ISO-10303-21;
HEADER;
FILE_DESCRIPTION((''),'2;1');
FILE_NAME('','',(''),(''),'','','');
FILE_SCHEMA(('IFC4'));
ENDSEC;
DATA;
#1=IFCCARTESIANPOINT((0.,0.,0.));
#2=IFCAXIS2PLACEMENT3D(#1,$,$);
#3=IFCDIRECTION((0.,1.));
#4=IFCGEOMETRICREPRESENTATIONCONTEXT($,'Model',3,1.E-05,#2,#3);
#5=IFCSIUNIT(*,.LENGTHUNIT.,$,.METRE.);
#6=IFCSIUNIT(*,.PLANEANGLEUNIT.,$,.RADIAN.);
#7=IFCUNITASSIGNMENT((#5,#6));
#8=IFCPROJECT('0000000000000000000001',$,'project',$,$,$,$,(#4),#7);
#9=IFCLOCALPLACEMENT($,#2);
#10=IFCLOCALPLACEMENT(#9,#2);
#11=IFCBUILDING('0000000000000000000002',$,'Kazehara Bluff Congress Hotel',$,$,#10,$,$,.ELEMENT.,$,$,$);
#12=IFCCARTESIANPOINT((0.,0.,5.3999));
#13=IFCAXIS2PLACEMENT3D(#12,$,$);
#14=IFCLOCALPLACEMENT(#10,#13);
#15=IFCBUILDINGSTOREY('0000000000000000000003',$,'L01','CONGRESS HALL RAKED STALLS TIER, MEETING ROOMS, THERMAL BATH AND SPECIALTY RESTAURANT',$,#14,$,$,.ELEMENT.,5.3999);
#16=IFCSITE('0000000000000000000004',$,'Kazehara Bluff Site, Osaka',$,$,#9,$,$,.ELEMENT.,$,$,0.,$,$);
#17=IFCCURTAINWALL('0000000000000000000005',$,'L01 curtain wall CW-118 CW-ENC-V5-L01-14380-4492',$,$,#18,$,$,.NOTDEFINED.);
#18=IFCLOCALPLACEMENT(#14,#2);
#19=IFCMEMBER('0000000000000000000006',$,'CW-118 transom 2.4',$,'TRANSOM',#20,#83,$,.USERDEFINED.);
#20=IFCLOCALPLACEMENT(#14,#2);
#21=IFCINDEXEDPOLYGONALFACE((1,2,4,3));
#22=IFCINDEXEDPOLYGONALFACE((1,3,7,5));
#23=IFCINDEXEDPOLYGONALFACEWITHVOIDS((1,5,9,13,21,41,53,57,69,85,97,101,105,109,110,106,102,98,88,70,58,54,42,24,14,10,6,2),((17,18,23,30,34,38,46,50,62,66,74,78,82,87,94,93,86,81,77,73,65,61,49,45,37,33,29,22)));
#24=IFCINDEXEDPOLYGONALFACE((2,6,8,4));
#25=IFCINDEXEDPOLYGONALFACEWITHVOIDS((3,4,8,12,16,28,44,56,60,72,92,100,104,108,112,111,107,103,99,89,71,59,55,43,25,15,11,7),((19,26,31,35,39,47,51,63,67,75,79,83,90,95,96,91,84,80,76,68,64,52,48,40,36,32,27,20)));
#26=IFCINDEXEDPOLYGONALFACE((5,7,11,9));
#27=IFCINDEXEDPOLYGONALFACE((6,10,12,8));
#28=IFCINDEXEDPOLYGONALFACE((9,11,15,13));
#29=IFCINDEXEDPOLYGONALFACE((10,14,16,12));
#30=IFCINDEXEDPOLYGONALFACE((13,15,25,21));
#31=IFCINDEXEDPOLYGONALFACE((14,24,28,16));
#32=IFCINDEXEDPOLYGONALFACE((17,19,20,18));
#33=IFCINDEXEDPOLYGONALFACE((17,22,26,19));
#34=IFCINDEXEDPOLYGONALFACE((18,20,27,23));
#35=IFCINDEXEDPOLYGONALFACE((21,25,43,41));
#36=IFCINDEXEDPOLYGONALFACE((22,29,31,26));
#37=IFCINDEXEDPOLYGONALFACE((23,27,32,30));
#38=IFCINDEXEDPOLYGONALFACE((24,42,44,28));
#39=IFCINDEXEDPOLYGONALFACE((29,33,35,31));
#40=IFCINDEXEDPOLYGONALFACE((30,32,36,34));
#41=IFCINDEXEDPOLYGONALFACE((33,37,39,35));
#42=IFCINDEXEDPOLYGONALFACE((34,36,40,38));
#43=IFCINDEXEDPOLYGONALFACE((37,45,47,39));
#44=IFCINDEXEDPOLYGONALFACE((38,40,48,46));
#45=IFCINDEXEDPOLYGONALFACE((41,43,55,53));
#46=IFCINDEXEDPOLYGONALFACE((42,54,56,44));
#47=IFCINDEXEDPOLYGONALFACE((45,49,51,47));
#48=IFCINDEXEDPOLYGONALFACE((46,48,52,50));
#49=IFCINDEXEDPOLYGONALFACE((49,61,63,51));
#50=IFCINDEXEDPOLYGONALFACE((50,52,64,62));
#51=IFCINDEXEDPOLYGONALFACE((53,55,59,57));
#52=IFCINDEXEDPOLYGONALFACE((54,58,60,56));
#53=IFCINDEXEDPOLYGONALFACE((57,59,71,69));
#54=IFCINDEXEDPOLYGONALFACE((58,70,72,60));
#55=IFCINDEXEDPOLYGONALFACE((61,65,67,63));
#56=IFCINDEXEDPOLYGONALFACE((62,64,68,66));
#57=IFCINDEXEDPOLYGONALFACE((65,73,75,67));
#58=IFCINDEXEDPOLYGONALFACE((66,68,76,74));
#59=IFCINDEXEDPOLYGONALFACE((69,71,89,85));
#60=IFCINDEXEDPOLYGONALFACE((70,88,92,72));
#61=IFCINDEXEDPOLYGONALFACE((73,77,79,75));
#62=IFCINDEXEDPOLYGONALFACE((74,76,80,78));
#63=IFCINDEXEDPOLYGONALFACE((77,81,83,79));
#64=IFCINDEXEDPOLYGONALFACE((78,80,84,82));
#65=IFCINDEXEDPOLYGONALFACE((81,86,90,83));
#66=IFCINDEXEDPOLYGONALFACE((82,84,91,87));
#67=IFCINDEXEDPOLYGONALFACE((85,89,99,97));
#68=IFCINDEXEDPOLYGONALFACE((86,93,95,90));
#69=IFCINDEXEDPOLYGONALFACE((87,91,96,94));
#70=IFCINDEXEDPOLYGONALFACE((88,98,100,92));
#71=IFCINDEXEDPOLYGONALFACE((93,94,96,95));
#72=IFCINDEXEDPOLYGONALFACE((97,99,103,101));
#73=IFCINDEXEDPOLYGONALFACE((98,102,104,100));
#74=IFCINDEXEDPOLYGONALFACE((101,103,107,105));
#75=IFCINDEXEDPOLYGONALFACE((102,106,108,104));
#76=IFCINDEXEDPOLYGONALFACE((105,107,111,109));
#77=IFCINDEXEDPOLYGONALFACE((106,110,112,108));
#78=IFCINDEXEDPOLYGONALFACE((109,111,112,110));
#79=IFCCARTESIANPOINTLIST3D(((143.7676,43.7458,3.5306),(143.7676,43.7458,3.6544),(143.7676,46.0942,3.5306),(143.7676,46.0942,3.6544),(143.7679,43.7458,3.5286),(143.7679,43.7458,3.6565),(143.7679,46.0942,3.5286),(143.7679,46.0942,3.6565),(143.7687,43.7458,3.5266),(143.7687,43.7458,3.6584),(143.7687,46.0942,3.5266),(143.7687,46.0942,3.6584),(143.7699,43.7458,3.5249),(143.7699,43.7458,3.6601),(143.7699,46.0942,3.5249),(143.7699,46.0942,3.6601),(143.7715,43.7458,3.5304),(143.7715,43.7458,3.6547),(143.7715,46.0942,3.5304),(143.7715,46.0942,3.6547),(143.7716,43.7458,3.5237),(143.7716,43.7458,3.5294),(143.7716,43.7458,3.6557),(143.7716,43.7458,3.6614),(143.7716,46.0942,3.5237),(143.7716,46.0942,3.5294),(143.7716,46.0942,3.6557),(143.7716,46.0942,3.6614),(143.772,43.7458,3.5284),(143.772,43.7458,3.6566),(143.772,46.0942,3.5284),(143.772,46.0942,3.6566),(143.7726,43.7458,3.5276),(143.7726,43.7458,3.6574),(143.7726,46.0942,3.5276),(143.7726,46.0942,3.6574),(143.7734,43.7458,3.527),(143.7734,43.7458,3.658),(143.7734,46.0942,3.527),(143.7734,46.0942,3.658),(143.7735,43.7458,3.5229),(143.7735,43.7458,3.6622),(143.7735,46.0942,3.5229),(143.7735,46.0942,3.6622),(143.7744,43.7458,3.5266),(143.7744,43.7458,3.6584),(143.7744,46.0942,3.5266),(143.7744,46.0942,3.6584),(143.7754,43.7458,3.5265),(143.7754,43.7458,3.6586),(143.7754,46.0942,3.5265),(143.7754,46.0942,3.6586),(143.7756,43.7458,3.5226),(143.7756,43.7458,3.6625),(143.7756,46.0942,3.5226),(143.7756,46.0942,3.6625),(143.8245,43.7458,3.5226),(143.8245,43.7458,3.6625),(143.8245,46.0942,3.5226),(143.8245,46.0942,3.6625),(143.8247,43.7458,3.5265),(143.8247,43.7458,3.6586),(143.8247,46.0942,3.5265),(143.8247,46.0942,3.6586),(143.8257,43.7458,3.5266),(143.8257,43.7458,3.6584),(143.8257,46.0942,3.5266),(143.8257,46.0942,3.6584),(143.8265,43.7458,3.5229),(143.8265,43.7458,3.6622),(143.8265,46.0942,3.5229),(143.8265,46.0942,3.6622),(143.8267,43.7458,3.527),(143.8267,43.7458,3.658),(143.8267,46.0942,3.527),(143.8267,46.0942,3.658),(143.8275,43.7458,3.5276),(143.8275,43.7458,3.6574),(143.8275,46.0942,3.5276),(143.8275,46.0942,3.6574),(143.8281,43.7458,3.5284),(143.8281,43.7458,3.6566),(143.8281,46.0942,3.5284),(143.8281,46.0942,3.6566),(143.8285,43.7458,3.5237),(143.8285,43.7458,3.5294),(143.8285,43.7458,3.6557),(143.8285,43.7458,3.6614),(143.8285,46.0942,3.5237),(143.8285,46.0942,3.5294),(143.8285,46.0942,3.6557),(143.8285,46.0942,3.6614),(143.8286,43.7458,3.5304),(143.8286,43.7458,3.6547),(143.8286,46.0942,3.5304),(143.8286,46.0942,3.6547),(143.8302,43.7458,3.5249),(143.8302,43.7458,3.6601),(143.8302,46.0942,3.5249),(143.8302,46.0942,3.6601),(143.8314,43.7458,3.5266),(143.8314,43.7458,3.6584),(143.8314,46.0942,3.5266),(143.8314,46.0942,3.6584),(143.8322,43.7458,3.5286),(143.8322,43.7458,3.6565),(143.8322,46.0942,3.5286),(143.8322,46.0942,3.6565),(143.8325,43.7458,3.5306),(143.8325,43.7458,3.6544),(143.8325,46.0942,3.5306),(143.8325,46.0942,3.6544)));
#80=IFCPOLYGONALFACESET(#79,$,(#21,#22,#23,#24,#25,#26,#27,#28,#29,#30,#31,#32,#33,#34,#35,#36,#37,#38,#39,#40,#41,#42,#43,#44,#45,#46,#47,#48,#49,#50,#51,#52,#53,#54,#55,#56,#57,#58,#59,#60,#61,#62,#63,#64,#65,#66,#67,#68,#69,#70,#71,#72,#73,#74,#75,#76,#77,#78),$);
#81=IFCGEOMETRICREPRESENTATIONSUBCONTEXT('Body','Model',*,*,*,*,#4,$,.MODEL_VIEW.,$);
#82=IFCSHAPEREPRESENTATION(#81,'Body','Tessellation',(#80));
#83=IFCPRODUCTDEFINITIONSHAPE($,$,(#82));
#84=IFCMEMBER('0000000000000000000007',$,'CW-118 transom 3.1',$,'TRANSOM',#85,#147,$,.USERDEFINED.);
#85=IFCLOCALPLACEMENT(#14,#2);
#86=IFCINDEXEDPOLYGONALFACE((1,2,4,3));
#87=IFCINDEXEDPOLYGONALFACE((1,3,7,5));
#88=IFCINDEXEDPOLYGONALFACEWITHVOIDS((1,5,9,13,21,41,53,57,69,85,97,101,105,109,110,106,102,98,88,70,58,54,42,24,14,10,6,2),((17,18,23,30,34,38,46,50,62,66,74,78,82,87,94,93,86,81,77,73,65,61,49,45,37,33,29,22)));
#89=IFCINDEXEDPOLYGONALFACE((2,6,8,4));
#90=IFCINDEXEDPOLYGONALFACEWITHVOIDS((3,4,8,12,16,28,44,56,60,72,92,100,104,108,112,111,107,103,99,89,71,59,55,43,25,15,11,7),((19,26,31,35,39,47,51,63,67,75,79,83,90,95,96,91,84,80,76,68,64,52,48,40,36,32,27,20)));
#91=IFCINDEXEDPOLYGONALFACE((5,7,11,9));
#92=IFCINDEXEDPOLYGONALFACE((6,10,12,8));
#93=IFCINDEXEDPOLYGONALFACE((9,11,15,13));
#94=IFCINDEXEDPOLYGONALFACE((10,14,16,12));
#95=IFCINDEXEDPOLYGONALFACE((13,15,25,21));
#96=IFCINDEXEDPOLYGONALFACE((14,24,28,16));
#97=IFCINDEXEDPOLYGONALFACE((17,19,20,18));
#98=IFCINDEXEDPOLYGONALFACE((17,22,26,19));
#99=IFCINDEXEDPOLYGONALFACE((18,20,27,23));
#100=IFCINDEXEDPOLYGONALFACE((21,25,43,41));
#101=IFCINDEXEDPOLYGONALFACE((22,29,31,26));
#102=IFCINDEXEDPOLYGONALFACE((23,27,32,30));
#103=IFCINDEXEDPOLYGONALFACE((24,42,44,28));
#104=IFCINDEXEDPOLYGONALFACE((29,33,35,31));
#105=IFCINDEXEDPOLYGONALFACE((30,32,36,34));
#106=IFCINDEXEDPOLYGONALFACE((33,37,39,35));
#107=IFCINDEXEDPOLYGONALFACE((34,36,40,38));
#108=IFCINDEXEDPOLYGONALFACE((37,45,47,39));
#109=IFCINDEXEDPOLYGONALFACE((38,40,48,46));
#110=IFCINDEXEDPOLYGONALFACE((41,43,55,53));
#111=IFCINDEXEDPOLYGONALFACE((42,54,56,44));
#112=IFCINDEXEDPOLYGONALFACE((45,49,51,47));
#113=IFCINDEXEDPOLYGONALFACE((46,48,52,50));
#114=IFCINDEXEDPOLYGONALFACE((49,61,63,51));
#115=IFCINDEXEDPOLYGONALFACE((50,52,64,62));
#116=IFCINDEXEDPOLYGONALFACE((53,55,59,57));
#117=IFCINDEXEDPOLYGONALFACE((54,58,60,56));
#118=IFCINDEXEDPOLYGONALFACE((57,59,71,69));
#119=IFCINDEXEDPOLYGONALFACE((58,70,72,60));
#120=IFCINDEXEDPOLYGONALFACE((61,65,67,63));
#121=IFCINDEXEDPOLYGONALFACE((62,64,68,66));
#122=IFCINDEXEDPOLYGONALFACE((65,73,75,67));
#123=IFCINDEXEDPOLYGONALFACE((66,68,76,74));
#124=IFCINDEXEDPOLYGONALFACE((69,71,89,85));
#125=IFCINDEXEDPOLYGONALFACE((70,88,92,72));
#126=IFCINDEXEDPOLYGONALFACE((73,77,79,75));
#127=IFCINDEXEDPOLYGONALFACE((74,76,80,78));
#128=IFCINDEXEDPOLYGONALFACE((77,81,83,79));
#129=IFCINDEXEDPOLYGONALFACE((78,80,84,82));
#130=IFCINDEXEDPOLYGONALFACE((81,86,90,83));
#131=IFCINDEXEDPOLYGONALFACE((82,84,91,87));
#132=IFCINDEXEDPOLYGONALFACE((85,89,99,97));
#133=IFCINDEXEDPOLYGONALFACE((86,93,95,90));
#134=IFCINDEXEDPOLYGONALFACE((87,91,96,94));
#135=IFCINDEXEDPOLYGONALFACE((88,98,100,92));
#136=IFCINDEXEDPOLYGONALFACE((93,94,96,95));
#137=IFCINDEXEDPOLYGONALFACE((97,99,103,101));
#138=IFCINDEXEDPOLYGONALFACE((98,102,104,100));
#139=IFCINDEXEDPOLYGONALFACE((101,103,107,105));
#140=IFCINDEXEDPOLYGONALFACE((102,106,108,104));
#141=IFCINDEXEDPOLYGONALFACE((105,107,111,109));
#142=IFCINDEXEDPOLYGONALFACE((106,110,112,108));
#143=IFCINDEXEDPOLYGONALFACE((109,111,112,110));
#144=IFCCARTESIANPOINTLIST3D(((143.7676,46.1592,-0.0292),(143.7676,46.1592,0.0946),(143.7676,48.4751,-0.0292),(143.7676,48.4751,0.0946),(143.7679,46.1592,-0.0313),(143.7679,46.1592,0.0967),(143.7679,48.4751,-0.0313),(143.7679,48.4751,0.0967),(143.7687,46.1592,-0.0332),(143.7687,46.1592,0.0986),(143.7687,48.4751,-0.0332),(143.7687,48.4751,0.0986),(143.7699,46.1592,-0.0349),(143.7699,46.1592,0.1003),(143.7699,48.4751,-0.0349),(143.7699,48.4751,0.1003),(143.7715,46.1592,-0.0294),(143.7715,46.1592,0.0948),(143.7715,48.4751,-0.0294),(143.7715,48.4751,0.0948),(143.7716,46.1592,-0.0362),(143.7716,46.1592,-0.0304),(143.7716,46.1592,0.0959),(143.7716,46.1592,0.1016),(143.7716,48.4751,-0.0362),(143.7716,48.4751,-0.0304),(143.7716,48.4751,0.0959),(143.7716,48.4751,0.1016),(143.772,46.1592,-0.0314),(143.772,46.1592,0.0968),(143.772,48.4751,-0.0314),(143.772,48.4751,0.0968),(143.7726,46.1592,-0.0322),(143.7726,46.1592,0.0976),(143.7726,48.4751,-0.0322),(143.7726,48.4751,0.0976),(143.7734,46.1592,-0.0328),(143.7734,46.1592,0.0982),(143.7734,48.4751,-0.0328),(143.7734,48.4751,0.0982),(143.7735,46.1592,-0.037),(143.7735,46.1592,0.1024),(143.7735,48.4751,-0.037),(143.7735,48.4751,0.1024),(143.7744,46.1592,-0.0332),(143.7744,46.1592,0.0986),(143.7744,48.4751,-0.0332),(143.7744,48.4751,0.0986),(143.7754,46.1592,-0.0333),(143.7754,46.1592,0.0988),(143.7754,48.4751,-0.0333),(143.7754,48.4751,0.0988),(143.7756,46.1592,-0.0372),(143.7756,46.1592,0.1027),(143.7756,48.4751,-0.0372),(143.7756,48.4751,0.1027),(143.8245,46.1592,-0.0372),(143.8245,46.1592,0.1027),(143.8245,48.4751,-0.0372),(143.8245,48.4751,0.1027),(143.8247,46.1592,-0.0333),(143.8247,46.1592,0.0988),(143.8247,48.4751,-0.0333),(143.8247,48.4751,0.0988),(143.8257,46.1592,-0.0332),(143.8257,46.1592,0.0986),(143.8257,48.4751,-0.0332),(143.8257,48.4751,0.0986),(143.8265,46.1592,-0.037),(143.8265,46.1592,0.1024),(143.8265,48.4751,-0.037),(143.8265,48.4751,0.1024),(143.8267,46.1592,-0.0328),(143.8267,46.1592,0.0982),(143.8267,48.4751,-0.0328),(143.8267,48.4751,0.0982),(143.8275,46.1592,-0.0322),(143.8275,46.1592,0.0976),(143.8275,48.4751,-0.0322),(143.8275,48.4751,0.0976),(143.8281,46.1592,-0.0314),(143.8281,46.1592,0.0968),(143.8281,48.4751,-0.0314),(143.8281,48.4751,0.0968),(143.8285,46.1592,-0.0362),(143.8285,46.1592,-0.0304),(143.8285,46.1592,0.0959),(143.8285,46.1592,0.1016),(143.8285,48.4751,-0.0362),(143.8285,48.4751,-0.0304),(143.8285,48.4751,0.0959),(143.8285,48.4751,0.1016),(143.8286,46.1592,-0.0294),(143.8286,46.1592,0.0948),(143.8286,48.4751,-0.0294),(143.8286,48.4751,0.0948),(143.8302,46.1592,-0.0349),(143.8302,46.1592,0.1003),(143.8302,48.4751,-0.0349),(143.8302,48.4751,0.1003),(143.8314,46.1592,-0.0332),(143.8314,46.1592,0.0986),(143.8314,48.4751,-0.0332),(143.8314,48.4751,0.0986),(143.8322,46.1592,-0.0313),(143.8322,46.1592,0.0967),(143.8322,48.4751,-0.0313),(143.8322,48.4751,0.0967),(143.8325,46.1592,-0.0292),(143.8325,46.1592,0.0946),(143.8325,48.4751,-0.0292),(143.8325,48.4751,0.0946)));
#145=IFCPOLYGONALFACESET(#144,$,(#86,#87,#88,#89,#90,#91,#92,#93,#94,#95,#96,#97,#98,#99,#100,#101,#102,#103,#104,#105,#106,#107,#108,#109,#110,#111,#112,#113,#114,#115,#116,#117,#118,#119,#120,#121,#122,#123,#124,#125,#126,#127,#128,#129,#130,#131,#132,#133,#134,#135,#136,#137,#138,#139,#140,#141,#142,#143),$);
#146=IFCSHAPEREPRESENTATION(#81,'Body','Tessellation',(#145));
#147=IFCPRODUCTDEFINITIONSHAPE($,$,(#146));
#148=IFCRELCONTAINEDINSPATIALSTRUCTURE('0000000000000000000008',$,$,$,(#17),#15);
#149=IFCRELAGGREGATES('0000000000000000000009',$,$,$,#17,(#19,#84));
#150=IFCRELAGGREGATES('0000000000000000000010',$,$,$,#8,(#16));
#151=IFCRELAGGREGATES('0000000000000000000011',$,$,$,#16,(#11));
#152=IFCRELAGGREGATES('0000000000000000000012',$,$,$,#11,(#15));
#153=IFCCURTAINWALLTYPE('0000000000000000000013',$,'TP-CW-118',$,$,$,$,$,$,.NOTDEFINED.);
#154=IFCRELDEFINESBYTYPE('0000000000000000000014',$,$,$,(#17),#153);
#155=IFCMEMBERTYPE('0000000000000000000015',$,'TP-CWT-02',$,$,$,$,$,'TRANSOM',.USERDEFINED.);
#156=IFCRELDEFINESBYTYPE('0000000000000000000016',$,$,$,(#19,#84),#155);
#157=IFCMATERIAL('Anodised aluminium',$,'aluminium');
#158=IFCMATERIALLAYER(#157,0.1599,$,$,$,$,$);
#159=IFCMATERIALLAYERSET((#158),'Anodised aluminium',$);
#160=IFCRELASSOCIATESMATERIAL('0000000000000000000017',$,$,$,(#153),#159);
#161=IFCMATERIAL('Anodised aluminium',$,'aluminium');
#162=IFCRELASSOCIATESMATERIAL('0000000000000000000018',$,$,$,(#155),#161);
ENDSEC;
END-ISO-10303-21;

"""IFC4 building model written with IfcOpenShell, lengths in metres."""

from ifc_helpers import new_model, si_unit, direction, frame, origin, origin_2d, place, context, subcontext, project, spatial, hollow_rectangle, extrude, material, layer, layer_set, material_profile, profile_set, type_object, element, aggregate, save


model = new_model("IFC4")

# Units and contexts
model_context = context("Model", 3, precision=1e-05, world=origin(), true_north=direction((0.0, 1.0)))
body_context = subcontext(model_context, "Body", "Model", "MODEL_VIEW")
ifc_project = project(units=[si_unit("LENGTHUNIT", "METRE"), si_unit("PLANEANGLEUNIT", "RADIAN")], contexts=[model_context])

# Site, building, storey
site_placement = place(None, origin())
site = spatial("IfcSite", under=ifc_project, at=site_placement, Name="Kazehara Bluff Site, Osaka", CompositionType="ELEMENT", RefElevation=0.0)
building_placement = place(site_placement, origin())
building = spatial("IfcBuilding", under=site, at=building_placement, Name="Kazehara Bluff Congress Hotel", CompositionType="ELEMENT")
storey_placement = place(building_placement, frame((0.0, 0.0, 5.3999)))
storey = spatial("IfcBuildingStorey", under=building, at=storey_placement, Name="L01", Description="CONGRESS HALL RAKED STALLS TIER, MEETING ROOMS, THERMAL BATH AND SPECIALTY RESTAURANT", CompositionType="ELEMENT", Elevation=5.3999)

# Curtain wall, members
ifc_material_1 = material(Name="Anodised aluminium", Category="aluminium")
ifc_layer_1 = layer(ifc_material_1, 0.1599)
ifc_layer_set_1 = layer_set([ifc_layer_1], Name="Anodised aluminium")
curtain_wall_type = type_object("IfcCurtainWallType", Name="TP-CW-118", PredefinedType="NOTDEFINED", material=ifc_layer_set_1)
curtain_wall_placement = place(storey_placement, origin())
curtain_wall = element("IfcCurtainWall", 1, at=curtain_wall_placement, inside=storey, type_object=curtain_wall_type, Name="L01 curtain wall CW-118 CW-ENC-V5-L01-14380-4492", PredefinedType="NOTDEFINED")
ifc_material_2 = material(Name="Anodised aluminium", Category="aluminium")
ifc_material_profile_1 = material_profile(ifc_material_2, hollow_rectangle(XDim=0.0649, YDim=0.1399, WallThickness=0.0039, InnerFilletRadius=0.0039, OuterFilletRadius=0.0081, at=origin_2d()))
ifc_profile_set_1 = profile_set([ifc_material_profile_1], Name="Anodised aluminium")
member_type_1 = type_object("IfcMemberType", Name="TP-CWT-02", ElementType="TRANSOM", PredefinedType="USERDEFINED", material=ifc_profile_set_1)
member_1_placement = place(storey_placement, frame((143.8, 43.7458, 3.5925), z_axis=(0.0, 1.0, 0.0), x_axis=(-1.0, 0.0, 0.0)))
member_1 = element("IfcMember", 2, at=member_1_placement, type_object=member_type_1, Name="CW-118 transom 2.4", ObjectType="TRANSOM", PredefinedType="USERDEFINED", context=body_context, shape_type="SweptSolid", body=[
    extrude(hollow_rectangle(XDim=0.0649, YDim=0.1399, WallThickness=0.0039, InnerFilletRadius=0.0039, OuterFilletRadius=0.0081, at=origin_2d()), origin(), (0.0, 0.0, 1.0), 2.3484),
])
member_2_placement = place(storey_placement, frame((143.8, 46.1592, 0.0327), z_axis=(0.0, 1.0, 0.0), x_axis=(-1.0, 0.0, 0.0)))
member_2 = element("IfcMember", 3, at=member_2_placement, type_object=member_type_1, Name="CW-118 transom 3.1", ObjectType="TRANSOM", PredefinedType="USERDEFINED", context=body_context, shape_type="SweptSolid", body=[
    extrude(hollow_rectangle(XDim=0.0649, YDim=0.1399, WallThickness=0.0039, InnerFilletRadius=0.0039, OuterFilletRadius=0.0081, at=origin_2d()), origin(), (0.0, 0.0, 1.0), 2.3159),
])

aggregate(curtain_wall, [member_1, member_2])

save(model, "model.ifc")
